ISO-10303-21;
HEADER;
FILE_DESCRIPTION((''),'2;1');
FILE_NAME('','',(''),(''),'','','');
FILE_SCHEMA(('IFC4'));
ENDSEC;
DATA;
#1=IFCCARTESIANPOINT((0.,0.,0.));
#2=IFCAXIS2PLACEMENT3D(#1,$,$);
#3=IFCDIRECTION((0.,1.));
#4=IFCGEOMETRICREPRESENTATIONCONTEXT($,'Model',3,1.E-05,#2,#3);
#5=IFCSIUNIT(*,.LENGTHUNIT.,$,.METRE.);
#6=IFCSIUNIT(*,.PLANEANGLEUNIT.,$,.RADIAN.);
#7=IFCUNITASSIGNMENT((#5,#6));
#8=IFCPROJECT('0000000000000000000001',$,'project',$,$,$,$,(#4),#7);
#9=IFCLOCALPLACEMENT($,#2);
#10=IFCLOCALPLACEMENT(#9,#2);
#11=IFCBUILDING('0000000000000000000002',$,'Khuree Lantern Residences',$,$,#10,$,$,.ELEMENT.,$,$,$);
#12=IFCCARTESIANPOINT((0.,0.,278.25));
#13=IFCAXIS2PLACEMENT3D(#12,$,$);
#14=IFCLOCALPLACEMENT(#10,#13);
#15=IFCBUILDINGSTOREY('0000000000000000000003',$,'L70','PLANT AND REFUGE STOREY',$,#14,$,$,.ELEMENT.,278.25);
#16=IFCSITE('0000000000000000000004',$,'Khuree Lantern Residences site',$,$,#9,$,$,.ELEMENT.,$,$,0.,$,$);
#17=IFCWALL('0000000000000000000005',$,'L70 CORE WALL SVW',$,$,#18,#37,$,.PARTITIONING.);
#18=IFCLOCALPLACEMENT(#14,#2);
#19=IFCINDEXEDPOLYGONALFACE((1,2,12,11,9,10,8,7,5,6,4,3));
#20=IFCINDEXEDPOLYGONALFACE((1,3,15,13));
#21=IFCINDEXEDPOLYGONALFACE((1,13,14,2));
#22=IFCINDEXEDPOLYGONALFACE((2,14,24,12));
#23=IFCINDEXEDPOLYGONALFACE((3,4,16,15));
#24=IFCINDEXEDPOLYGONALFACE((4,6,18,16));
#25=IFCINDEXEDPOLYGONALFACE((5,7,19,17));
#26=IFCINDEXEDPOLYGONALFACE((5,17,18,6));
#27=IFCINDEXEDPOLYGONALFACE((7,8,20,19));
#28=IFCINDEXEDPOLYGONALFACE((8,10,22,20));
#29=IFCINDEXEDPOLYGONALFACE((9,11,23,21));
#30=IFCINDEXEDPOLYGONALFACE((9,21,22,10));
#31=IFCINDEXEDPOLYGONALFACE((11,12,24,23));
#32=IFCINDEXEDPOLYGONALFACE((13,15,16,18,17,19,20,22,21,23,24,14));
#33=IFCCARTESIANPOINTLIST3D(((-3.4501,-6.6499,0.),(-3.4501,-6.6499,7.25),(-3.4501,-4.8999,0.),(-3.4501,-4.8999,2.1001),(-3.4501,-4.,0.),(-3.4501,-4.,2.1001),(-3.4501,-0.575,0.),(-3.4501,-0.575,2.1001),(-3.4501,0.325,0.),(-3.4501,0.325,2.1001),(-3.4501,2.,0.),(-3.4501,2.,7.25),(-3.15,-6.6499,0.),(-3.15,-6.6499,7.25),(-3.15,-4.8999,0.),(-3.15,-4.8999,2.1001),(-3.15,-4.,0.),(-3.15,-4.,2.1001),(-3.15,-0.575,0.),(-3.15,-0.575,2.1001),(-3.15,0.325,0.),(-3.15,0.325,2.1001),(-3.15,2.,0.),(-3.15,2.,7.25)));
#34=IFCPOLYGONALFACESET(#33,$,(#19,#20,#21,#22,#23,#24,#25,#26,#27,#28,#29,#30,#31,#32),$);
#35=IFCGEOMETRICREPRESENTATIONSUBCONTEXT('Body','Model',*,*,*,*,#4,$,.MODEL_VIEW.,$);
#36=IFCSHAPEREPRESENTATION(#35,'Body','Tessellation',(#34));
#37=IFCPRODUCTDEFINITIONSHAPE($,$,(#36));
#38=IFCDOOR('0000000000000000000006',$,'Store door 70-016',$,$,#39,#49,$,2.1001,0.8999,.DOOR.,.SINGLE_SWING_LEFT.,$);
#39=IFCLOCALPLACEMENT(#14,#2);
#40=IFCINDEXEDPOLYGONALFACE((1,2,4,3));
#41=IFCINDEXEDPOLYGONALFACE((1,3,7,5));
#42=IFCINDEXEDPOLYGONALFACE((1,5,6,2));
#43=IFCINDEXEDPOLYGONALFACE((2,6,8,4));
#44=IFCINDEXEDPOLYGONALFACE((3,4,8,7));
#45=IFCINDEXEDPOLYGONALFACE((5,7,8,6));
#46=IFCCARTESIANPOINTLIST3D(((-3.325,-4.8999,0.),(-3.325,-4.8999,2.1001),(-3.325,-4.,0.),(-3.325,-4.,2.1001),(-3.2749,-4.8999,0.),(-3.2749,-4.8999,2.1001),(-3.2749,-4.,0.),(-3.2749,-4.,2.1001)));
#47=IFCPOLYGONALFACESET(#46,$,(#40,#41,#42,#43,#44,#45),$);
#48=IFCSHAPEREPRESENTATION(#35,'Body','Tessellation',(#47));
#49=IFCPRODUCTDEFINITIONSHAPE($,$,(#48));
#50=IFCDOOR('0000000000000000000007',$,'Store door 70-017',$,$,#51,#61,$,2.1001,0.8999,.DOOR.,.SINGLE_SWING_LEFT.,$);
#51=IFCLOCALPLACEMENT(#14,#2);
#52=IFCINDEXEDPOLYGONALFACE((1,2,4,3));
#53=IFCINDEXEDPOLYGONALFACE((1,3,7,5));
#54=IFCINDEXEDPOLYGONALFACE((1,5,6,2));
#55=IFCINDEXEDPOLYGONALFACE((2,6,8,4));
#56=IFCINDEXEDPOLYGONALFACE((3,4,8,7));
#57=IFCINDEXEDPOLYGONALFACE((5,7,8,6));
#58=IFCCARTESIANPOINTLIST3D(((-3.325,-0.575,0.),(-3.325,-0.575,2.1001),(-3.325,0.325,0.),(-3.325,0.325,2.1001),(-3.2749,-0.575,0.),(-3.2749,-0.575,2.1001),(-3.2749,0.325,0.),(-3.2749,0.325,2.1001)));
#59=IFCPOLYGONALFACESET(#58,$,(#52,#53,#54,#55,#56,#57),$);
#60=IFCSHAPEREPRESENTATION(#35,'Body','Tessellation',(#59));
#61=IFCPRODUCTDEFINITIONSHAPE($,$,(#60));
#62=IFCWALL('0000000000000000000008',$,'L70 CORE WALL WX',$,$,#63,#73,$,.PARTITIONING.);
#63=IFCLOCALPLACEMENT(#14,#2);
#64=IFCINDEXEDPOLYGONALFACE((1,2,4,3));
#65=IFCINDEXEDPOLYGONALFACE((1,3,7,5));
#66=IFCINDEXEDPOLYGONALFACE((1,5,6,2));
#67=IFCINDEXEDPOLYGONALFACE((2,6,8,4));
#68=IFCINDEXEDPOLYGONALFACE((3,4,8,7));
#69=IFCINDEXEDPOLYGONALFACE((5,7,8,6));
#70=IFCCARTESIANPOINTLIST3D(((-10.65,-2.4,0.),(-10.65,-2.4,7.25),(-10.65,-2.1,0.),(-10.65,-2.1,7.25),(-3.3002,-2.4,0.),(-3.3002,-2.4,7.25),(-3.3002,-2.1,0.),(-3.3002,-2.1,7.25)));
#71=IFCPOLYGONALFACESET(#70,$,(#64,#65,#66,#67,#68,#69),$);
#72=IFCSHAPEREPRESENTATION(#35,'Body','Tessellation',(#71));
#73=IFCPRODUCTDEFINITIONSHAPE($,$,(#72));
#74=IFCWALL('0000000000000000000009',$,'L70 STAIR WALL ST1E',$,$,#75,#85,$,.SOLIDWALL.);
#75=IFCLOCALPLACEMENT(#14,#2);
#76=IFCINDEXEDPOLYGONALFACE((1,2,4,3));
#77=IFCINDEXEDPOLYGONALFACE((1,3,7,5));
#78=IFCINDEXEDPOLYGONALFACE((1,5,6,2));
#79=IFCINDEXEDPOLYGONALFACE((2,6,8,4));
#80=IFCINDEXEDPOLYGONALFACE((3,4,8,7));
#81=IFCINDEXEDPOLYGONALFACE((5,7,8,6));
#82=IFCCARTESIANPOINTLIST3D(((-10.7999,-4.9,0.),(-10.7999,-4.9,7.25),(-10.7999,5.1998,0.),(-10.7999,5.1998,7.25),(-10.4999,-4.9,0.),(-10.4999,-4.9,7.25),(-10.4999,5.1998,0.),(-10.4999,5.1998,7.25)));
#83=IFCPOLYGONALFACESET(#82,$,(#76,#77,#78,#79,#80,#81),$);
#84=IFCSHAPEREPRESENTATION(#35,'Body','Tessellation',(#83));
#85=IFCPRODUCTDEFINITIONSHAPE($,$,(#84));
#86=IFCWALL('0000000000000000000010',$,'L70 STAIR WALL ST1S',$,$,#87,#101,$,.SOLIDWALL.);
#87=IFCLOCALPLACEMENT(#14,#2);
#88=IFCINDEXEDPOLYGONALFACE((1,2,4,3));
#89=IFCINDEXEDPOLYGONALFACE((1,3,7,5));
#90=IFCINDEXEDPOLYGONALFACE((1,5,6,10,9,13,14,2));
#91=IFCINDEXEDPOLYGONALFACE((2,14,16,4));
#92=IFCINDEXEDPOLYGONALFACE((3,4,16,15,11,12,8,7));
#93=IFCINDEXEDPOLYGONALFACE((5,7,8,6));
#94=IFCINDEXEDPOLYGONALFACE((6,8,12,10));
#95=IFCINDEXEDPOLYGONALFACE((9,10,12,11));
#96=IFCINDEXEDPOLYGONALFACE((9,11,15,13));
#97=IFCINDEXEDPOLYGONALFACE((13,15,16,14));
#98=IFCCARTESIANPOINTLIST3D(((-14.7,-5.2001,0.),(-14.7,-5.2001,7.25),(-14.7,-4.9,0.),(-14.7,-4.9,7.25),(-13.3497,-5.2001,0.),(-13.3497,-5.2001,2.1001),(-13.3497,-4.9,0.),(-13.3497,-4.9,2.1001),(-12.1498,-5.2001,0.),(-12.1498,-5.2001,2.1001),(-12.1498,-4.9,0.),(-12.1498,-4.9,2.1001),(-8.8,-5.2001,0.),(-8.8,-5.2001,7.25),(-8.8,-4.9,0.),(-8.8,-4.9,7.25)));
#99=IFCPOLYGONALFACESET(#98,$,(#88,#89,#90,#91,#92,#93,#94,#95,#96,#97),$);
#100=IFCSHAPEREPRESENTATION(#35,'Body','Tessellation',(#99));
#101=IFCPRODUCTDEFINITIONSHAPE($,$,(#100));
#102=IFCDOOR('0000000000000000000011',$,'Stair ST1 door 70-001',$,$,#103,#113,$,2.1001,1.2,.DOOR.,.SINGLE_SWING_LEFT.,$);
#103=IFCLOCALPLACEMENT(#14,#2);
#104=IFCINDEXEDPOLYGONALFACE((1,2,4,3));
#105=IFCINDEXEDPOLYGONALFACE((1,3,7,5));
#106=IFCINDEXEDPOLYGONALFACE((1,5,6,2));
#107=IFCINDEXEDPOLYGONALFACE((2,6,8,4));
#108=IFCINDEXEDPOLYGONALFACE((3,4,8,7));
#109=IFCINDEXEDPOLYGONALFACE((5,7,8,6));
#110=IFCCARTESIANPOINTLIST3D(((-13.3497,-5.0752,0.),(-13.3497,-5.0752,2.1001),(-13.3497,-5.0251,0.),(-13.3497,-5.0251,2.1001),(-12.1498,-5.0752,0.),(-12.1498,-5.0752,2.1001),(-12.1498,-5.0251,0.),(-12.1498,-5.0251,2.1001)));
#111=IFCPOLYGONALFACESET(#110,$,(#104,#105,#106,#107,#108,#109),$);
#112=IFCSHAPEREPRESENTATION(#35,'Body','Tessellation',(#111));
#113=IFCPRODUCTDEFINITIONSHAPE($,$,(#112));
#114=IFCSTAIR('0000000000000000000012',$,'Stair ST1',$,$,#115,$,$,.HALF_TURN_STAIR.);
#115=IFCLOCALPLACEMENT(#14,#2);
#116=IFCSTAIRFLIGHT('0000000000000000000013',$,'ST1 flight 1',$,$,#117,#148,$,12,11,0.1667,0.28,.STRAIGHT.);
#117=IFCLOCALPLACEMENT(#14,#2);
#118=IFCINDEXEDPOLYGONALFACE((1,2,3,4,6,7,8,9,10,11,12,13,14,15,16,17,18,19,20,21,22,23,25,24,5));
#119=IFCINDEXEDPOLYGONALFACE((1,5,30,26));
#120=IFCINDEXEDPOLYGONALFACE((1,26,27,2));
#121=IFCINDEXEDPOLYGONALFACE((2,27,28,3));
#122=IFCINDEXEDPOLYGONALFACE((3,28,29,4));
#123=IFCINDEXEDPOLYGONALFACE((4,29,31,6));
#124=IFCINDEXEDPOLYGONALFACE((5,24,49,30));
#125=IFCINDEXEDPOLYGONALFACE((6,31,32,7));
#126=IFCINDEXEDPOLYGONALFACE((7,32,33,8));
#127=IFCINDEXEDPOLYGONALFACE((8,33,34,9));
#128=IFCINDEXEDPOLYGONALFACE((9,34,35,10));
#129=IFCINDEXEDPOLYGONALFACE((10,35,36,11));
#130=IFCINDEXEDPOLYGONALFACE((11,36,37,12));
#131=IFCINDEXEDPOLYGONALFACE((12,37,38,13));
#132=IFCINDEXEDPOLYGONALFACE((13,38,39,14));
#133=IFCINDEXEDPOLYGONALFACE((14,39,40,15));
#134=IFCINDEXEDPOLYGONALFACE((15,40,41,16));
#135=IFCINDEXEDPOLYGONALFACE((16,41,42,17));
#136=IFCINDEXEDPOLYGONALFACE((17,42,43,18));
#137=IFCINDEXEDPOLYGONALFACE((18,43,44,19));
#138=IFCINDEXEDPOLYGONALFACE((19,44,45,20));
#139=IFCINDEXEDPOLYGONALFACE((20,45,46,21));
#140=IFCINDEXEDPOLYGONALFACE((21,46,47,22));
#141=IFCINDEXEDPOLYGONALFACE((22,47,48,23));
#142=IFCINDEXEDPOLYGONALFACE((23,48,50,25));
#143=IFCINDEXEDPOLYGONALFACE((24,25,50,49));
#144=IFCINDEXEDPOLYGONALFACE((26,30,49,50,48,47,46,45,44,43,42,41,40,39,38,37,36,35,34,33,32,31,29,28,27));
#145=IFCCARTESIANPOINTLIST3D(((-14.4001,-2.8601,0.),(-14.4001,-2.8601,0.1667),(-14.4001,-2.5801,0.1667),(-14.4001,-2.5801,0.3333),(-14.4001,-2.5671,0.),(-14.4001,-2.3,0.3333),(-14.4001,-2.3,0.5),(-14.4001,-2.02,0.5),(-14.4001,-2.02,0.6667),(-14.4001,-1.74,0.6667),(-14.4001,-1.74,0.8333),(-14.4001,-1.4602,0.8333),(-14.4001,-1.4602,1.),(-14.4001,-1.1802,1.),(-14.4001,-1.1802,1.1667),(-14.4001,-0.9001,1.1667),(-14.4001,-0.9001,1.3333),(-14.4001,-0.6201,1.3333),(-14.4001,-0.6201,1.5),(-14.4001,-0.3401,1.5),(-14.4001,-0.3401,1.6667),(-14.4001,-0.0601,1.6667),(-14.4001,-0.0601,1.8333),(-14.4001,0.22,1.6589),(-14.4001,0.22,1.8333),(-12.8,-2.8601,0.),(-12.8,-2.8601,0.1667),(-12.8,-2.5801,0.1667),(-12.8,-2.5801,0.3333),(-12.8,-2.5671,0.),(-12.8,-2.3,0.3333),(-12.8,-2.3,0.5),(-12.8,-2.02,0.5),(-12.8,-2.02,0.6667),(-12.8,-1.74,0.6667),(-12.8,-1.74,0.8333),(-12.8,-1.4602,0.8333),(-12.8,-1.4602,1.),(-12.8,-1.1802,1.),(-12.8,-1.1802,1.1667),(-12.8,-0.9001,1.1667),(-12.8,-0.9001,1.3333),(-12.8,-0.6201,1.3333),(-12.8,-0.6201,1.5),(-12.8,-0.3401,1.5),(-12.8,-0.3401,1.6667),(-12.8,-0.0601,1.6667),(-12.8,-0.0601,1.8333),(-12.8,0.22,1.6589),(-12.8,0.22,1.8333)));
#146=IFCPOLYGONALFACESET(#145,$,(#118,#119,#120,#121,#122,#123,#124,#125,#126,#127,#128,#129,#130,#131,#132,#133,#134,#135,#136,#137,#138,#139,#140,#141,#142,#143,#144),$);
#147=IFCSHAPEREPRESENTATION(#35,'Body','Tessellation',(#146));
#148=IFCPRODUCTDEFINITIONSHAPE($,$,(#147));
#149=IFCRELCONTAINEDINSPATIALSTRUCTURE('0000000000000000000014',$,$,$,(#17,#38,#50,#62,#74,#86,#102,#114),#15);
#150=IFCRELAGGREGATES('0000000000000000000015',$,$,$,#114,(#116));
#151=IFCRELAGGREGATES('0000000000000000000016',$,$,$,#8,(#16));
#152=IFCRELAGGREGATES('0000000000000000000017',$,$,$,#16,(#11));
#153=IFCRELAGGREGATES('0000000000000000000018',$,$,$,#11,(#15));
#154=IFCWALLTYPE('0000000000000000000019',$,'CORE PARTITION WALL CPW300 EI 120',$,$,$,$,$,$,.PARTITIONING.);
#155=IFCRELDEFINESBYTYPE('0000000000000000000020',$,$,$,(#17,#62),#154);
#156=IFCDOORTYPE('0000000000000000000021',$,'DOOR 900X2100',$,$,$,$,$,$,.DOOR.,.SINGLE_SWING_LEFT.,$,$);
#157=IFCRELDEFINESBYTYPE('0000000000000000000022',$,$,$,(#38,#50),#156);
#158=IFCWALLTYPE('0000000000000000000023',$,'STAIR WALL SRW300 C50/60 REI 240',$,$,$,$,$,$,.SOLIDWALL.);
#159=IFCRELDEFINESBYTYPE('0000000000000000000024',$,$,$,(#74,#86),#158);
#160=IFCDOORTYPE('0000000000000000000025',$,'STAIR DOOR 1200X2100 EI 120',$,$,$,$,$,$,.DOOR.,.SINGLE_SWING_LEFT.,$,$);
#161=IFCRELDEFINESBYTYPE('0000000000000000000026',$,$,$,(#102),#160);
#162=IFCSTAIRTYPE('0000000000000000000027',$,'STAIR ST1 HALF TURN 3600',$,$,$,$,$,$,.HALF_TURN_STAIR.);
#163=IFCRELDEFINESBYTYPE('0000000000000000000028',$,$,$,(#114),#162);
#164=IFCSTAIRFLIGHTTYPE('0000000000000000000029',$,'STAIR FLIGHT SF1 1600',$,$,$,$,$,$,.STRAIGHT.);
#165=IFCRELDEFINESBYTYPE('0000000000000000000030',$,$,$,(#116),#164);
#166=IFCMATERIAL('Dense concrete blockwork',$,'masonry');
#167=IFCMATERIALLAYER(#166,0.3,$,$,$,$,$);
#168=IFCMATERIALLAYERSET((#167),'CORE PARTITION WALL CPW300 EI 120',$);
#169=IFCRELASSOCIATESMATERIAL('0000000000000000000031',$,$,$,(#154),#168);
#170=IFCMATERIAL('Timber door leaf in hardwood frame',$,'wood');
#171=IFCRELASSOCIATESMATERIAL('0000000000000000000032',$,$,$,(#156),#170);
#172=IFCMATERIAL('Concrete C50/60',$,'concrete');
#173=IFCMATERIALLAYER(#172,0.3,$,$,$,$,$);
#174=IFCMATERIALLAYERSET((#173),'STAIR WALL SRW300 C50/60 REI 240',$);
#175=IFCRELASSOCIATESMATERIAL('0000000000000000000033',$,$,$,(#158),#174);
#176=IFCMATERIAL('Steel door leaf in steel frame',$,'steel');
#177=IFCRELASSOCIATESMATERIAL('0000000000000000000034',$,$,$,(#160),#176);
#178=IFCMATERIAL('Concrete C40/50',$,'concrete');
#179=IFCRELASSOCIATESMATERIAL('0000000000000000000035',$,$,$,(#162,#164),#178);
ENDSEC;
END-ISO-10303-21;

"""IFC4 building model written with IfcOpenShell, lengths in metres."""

from ifc_helpers import new_model, si_unit, direction, frame, frame_2d, origin, place, context, subcontext, project, spatial, polyline, rectangle, outline, extrude, material, layer, layer_set, type_object, element, fill, aggregate, save


model = new_model("IFC4")

# Units and contexts
model_context = context("Model", 3, precision=1e-05, world=origin(), true_north=direction((0.0, 1.0)))
body_context = subcontext(model_context, "Body", "Model", "MODEL_VIEW")
ifc_project = project(units=[si_unit("LENGTHUNIT", "METRE"), si_unit("PLANEANGLEUNIT", "RADIAN")], contexts=[model_context])

# Site, building, storey
site_placement = place(None, origin())
site = spatial("IfcSite", under=ifc_project, at=site_placement, Name="Khuree Lantern Residences site", CompositionType="ELEMENT", RefElevation=0.0)
building_placement = place(site_placement, origin())
building = spatial("IfcBuilding", under=site, at=building_placement, Name="Khuree Lantern Residences", CompositionType="ELEMENT")
storey_placement = place(building_placement, frame((0.0, 0.0, 278.25)))
storey = spatial("IfcBuildingStorey", under=building, at=storey_placement, Name="L70", Description="PLANT AND REFUGE STOREY", CompositionType="ELEMENT", Elevation=278.25)

# Shared definitions
ifc_material_1 = material(Name="Dense concrete blockwork", Category="masonry")
ifc_layer_1 = layer(ifc_material_1, 0.3)
ifc_layer_set_1 = layer_set([ifc_layer_1], Name="CORE PARTITION WALL CPW300 EI 120")
wall_type_1 = type_object("IfcWallType", Name="CORE PARTITION WALL CPW300 EI 120", PredefinedType="PARTITIONING", material=ifc_layer_set_1)
ifc_material_2 = material(Name="Steel door leaf in steel frame", Category="steel")

# Wall, openings, doors
wall_1_placement = place(storey_placement, frame((-3.3, -6.6499, 0.0), z_axis=(0.0, 0.0, 1.0), x_axis=(0.0, 1.0, 0.0)))
wall_1 = element("IfcWall", 1, at=wall_1_placement, inside=storey, type_object=wall_type_1, Name="L70 CORE WALL SVW", PredefinedType="PARTITIONING", context=body_context, shape_type="SweptSolid", body=[
    extrude(rectangle(XDim=8.6499, YDim=0.3, at=frame_2d((4.325, 0.0))), origin(), (0.0, 0.0, 1.0), 7.25),
])
opening_1_placement = place(wall_1_placement, frame((1.75, 0.0, 0.0)))
opening_1 = element("IfcOpeningElement", 2, at=opening_1_placement, cuts=wall_1, PredefinedType="OPENING", context=body_context, shape_type="SweptSolid", body=[
    extrude(rectangle(XDim=0.8999, YDim=2.1001, at=frame_2d((0.45, 1.05))), frame((0.0, 0.1602, 0.0), z_axis=(0.0, -1.0, 0.0), x_axis=(1.0, 0.0, 0.0)), (0.0, 0.0, 1.0), 0.3201),
])
opening_2_placement = place(wall_1_placement, frame((6.075, 0.0, 0.0)))
opening_2 = element("IfcOpeningElement", 3, at=opening_2_placement, cuts=wall_1, PredefinedType="OPENING", context=body_context, shape_type="SweptSolid", body=[
    extrude(rectangle(XDim=0.8999, YDim=2.1001, at=frame_2d((0.45, 1.05))), frame((0.0, 0.1602, 0.0), z_axis=(0.0, -1.0, 0.0), x_axis=(1.0, 0.0, 0.0)), (0.0, 0.0, 1.0), 0.3201),
])
ifc_material_3 = material(Name="Timber door leaf in hardwood frame", Category="wood")
door_type_1 = type_object("IfcDoorType", Name="DOOR 900X2100", OperationType="SINGLE_SWING_LEFT", PredefinedType="DOOR", material=ifc_material_3)
door_1_placement = place(opening_1_placement, origin())
door_1 = element("IfcDoor", 4, at=door_1_placement, inside=storey, type_object=door_type_1, Name="Store door 70-016", OperationType="SINGLE_SWING_LEFT", OverallHeight=2.1001, OverallWidth=0.8999, PredefinedType="DOOR", context=body_context, shape_type="SweptSolid", body=[
    extrude(rectangle(XDim=0.8999, YDim=2.1001, at=frame_2d((0.45, 1.05))), frame((0.0, 0.0249, 0.0), z_axis=(0.0, -1.0, 0.0), x_axis=(1.0, 0.0, 0.0)), (0.0, 0.0, 1.0), 0.05),
])
fill(opening_1, door_1)
door_2_placement = place(opening_2_placement, origin())
door_2 = element("IfcDoor", 5, at=door_2_placement, inside=storey, type_object=door_type_1, Name="Store door 70-017", OperationType="SINGLE_SWING_LEFT", OverallHeight=2.1001, OverallWidth=0.8999, PredefinedType="DOOR", context=body_context, shape_type="SweptSolid", body=[
    extrude(rectangle(XDim=0.8999, YDim=2.1001, at=frame_2d((0.45, 1.05))), frame((0.0, 0.0249, 0.0), z_axis=(0.0, -1.0, 0.0), x_axis=(1.0, 0.0, 0.0)), (0.0, 0.0, 1.0), 0.05),
])
fill(opening_2, door_2)

# Walls
wall_2_placement = place(storey_placement, frame((-10.6499, -2.25, 0.0), z_axis=(0.0, 0.0, 1.0), x_axis=(1.0, 0.0, 0.0)))
element("IfcWall", 6, at=wall_2_placement, inside=storey, type_object=wall_type_1, Name="L70 CORE WALL WX", PredefinedType="PARTITIONING", context=body_context, shape_type="SweptSolid", body=[
    extrude(rectangle(XDim=7.3499, YDim=0.3, at=frame_2d((3.6748, 0.0))), origin(), (0.0, 0.0, 1.0), 7.25),
])
ifc_material_4 = material(Name="Concrete C50/60", Category="concrete")
ifc_layer_2 = layer(ifc_material_4, 0.3)
ifc_layer_set_2 = layer_set([ifc_layer_2], Name="STAIR WALL SRW300 C50/60 REI 240")
wall_type_2 = type_object("IfcWallType", Name="STAIR WALL SRW300 C50/60 REI 240", PredefinedType="SOLIDWALL", material=ifc_layer_set_2)
wall_3_placement = place(storey_placement, frame((-10.6499, -4.8999, 0.0), z_axis=(0.0, 0.0, 1.0), x_axis=(0.0, 1.0, 0.0)))
element("IfcWall", 7, at=wall_3_placement, inside=storey, type_object=wall_type_2, Name="L70 STAIR WALL ST1E", PredefinedType="SOLIDWALL", context=body_context, shape_type="SweptSolid", body=[
    extrude(rectangle(XDim=10.0999, YDim=0.3, at=frame_2d((5.0498, 0.0))), origin(), (0.0, 0.0, 1.0), 7.25),
])

# Wall, opening, door
wall_4_placement = place(storey_placement, frame((-14.7, -5.05, 0.0), z_axis=(0.0, 0.0, 1.0), x_axis=(1.0, 0.0, 0.0)))
wall_4 = element("IfcWall", 8, at=wall_4_placement, inside=storey, type_object=wall_type_2, Name="L70 STAIR WALL ST1S", PredefinedType="SOLIDWALL", context=body_context, shape_type="SweptSolid", body=[
    extrude(rectangle(XDim=5.8999, YDim=0.3, at=frame_2d((2.95, 0.0))), origin(), (0.0, 0.0, 1.0), 7.25),
])
opening_3_placement = place(wall_4_placement, frame((1.3501, 0.0, 0.0)))
opening_3 = element("IfcOpeningElement", 9, at=opening_3_placement, cuts=wall_4, PredefinedType="OPENING", context=body_context, shape_type="SweptSolid", body=[
    extrude(rectangle(XDim=1.2, YDim=2.1001, at=frame_2d((0.6001, 1.05))), frame((0.0, 0.1602, 0.0), z_axis=(0.0, -1.0, 0.0), x_axis=(1.0, 0.0, 0.0)), (0.0, 0.0, 1.0), 0.3201),
])
door_type_2 = type_object("IfcDoorType", Name="STAIR DOOR 1200X2100 EI 120", OperationType="SINGLE_SWING_LEFT", PredefinedType="DOOR", material=ifc_material_2)
door_3_placement = place(opening_3_placement, origin())
door_3 = element("IfcDoor", 10, at=door_3_placement, inside=storey, type_object=door_type_2, Name="Stair ST1 door 70-001", OperationType="SINGLE_SWING_LEFT", OverallHeight=2.1001, OverallWidth=1.2, PredefinedType="DOOR", context=body_context, shape_type="SweptSolid", body=[
    extrude(rectangle(XDim=1.2, YDim=2.1001, at=frame_2d((0.6001, 1.05))), frame((0.0, 0.0249, 0.0), z_axis=(0.0, -1.0, 0.0), x_axis=(1.0, 0.0, 0.0)), (0.0, 0.0, 1.0), 0.05),
])
fill(opening_3, door_3)

# Stair, stair flight
ifc_material_5 = material(Name="Concrete C40/50", Category="concrete")
stair_type = type_object("IfcStairType", Name="STAIR ST1 HALF TURN 3600", PredefinedType="HALF_TURN_STAIR", material=ifc_material_5)
stair_placement = place(storey_placement, origin())
stair = element("IfcStair", 11, at=stair_placement, inside=storey, type_object=stair_type, Name="Stair ST1", PredefinedType="HALF_TURN_STAIR")
stair_flight_type = type_object("IfcStairFlightType", Name="STAIR FLIGHT SF1 1600", PredefinedType="STRAIGHT", material=ifc_material_5)
stair_flight_1_placement = place(storey_placement, frame((-13.6001, -2.8601, 0.0), z_axis=(0.0, 0.0, 1.0), x_axis=(0.0, 1.0, 0.0)))
stair_flight_1 = element("IfcStairFlight", 12, at=stair_flight_1_placement, type_object=stair_flight_type, Name="ST1 flight 1", NumberOfRisers=12, NumberOfTreads=11, PredefinedType="STRAIGHT", RiserHeight=0.1667, TreadLength=0.28, context=body_context, shape_type="SweptSolid", body=[
    extrude(outline(polyline([(0.0, 0.0), (0.0, 0.1667), (0.28, 0.1667), (0.28, 0.3333), (0.5601, 0.3333), (0.5601, 0.5), (0.8401, 0.5), (0.8401, 0.6667), (1.1201, 0.6667), (1.1201, 0.8333), (1.3999, 0.8333), (1.3999, 1.0), (1.6799, 1.0), (1.6799, 1.1667), (1.96, 1.1667), (1.96, 1.3333), (2.24, 1.3333), (2.24, 1.5), (2.52, 1.5), (2.52, 1.6667), (2.8, 1.6667), (2.8, 1.8333), (3.0801, 1.8333), (3.0801, 2.0), (3.0801, 1.6589), (0.293, 0.0), (0.0, 0.0)])), frame((0.0, 0.8, 0.0), z_axis=(0.0, -1.0, 0.0), x_axis=(1.0, 0.0, 0.0)), (0.0, 0.0, 1.0), 1.6001),
])
aggregate(stair, [stair_flight_1])

save(model, "model.ifc")
